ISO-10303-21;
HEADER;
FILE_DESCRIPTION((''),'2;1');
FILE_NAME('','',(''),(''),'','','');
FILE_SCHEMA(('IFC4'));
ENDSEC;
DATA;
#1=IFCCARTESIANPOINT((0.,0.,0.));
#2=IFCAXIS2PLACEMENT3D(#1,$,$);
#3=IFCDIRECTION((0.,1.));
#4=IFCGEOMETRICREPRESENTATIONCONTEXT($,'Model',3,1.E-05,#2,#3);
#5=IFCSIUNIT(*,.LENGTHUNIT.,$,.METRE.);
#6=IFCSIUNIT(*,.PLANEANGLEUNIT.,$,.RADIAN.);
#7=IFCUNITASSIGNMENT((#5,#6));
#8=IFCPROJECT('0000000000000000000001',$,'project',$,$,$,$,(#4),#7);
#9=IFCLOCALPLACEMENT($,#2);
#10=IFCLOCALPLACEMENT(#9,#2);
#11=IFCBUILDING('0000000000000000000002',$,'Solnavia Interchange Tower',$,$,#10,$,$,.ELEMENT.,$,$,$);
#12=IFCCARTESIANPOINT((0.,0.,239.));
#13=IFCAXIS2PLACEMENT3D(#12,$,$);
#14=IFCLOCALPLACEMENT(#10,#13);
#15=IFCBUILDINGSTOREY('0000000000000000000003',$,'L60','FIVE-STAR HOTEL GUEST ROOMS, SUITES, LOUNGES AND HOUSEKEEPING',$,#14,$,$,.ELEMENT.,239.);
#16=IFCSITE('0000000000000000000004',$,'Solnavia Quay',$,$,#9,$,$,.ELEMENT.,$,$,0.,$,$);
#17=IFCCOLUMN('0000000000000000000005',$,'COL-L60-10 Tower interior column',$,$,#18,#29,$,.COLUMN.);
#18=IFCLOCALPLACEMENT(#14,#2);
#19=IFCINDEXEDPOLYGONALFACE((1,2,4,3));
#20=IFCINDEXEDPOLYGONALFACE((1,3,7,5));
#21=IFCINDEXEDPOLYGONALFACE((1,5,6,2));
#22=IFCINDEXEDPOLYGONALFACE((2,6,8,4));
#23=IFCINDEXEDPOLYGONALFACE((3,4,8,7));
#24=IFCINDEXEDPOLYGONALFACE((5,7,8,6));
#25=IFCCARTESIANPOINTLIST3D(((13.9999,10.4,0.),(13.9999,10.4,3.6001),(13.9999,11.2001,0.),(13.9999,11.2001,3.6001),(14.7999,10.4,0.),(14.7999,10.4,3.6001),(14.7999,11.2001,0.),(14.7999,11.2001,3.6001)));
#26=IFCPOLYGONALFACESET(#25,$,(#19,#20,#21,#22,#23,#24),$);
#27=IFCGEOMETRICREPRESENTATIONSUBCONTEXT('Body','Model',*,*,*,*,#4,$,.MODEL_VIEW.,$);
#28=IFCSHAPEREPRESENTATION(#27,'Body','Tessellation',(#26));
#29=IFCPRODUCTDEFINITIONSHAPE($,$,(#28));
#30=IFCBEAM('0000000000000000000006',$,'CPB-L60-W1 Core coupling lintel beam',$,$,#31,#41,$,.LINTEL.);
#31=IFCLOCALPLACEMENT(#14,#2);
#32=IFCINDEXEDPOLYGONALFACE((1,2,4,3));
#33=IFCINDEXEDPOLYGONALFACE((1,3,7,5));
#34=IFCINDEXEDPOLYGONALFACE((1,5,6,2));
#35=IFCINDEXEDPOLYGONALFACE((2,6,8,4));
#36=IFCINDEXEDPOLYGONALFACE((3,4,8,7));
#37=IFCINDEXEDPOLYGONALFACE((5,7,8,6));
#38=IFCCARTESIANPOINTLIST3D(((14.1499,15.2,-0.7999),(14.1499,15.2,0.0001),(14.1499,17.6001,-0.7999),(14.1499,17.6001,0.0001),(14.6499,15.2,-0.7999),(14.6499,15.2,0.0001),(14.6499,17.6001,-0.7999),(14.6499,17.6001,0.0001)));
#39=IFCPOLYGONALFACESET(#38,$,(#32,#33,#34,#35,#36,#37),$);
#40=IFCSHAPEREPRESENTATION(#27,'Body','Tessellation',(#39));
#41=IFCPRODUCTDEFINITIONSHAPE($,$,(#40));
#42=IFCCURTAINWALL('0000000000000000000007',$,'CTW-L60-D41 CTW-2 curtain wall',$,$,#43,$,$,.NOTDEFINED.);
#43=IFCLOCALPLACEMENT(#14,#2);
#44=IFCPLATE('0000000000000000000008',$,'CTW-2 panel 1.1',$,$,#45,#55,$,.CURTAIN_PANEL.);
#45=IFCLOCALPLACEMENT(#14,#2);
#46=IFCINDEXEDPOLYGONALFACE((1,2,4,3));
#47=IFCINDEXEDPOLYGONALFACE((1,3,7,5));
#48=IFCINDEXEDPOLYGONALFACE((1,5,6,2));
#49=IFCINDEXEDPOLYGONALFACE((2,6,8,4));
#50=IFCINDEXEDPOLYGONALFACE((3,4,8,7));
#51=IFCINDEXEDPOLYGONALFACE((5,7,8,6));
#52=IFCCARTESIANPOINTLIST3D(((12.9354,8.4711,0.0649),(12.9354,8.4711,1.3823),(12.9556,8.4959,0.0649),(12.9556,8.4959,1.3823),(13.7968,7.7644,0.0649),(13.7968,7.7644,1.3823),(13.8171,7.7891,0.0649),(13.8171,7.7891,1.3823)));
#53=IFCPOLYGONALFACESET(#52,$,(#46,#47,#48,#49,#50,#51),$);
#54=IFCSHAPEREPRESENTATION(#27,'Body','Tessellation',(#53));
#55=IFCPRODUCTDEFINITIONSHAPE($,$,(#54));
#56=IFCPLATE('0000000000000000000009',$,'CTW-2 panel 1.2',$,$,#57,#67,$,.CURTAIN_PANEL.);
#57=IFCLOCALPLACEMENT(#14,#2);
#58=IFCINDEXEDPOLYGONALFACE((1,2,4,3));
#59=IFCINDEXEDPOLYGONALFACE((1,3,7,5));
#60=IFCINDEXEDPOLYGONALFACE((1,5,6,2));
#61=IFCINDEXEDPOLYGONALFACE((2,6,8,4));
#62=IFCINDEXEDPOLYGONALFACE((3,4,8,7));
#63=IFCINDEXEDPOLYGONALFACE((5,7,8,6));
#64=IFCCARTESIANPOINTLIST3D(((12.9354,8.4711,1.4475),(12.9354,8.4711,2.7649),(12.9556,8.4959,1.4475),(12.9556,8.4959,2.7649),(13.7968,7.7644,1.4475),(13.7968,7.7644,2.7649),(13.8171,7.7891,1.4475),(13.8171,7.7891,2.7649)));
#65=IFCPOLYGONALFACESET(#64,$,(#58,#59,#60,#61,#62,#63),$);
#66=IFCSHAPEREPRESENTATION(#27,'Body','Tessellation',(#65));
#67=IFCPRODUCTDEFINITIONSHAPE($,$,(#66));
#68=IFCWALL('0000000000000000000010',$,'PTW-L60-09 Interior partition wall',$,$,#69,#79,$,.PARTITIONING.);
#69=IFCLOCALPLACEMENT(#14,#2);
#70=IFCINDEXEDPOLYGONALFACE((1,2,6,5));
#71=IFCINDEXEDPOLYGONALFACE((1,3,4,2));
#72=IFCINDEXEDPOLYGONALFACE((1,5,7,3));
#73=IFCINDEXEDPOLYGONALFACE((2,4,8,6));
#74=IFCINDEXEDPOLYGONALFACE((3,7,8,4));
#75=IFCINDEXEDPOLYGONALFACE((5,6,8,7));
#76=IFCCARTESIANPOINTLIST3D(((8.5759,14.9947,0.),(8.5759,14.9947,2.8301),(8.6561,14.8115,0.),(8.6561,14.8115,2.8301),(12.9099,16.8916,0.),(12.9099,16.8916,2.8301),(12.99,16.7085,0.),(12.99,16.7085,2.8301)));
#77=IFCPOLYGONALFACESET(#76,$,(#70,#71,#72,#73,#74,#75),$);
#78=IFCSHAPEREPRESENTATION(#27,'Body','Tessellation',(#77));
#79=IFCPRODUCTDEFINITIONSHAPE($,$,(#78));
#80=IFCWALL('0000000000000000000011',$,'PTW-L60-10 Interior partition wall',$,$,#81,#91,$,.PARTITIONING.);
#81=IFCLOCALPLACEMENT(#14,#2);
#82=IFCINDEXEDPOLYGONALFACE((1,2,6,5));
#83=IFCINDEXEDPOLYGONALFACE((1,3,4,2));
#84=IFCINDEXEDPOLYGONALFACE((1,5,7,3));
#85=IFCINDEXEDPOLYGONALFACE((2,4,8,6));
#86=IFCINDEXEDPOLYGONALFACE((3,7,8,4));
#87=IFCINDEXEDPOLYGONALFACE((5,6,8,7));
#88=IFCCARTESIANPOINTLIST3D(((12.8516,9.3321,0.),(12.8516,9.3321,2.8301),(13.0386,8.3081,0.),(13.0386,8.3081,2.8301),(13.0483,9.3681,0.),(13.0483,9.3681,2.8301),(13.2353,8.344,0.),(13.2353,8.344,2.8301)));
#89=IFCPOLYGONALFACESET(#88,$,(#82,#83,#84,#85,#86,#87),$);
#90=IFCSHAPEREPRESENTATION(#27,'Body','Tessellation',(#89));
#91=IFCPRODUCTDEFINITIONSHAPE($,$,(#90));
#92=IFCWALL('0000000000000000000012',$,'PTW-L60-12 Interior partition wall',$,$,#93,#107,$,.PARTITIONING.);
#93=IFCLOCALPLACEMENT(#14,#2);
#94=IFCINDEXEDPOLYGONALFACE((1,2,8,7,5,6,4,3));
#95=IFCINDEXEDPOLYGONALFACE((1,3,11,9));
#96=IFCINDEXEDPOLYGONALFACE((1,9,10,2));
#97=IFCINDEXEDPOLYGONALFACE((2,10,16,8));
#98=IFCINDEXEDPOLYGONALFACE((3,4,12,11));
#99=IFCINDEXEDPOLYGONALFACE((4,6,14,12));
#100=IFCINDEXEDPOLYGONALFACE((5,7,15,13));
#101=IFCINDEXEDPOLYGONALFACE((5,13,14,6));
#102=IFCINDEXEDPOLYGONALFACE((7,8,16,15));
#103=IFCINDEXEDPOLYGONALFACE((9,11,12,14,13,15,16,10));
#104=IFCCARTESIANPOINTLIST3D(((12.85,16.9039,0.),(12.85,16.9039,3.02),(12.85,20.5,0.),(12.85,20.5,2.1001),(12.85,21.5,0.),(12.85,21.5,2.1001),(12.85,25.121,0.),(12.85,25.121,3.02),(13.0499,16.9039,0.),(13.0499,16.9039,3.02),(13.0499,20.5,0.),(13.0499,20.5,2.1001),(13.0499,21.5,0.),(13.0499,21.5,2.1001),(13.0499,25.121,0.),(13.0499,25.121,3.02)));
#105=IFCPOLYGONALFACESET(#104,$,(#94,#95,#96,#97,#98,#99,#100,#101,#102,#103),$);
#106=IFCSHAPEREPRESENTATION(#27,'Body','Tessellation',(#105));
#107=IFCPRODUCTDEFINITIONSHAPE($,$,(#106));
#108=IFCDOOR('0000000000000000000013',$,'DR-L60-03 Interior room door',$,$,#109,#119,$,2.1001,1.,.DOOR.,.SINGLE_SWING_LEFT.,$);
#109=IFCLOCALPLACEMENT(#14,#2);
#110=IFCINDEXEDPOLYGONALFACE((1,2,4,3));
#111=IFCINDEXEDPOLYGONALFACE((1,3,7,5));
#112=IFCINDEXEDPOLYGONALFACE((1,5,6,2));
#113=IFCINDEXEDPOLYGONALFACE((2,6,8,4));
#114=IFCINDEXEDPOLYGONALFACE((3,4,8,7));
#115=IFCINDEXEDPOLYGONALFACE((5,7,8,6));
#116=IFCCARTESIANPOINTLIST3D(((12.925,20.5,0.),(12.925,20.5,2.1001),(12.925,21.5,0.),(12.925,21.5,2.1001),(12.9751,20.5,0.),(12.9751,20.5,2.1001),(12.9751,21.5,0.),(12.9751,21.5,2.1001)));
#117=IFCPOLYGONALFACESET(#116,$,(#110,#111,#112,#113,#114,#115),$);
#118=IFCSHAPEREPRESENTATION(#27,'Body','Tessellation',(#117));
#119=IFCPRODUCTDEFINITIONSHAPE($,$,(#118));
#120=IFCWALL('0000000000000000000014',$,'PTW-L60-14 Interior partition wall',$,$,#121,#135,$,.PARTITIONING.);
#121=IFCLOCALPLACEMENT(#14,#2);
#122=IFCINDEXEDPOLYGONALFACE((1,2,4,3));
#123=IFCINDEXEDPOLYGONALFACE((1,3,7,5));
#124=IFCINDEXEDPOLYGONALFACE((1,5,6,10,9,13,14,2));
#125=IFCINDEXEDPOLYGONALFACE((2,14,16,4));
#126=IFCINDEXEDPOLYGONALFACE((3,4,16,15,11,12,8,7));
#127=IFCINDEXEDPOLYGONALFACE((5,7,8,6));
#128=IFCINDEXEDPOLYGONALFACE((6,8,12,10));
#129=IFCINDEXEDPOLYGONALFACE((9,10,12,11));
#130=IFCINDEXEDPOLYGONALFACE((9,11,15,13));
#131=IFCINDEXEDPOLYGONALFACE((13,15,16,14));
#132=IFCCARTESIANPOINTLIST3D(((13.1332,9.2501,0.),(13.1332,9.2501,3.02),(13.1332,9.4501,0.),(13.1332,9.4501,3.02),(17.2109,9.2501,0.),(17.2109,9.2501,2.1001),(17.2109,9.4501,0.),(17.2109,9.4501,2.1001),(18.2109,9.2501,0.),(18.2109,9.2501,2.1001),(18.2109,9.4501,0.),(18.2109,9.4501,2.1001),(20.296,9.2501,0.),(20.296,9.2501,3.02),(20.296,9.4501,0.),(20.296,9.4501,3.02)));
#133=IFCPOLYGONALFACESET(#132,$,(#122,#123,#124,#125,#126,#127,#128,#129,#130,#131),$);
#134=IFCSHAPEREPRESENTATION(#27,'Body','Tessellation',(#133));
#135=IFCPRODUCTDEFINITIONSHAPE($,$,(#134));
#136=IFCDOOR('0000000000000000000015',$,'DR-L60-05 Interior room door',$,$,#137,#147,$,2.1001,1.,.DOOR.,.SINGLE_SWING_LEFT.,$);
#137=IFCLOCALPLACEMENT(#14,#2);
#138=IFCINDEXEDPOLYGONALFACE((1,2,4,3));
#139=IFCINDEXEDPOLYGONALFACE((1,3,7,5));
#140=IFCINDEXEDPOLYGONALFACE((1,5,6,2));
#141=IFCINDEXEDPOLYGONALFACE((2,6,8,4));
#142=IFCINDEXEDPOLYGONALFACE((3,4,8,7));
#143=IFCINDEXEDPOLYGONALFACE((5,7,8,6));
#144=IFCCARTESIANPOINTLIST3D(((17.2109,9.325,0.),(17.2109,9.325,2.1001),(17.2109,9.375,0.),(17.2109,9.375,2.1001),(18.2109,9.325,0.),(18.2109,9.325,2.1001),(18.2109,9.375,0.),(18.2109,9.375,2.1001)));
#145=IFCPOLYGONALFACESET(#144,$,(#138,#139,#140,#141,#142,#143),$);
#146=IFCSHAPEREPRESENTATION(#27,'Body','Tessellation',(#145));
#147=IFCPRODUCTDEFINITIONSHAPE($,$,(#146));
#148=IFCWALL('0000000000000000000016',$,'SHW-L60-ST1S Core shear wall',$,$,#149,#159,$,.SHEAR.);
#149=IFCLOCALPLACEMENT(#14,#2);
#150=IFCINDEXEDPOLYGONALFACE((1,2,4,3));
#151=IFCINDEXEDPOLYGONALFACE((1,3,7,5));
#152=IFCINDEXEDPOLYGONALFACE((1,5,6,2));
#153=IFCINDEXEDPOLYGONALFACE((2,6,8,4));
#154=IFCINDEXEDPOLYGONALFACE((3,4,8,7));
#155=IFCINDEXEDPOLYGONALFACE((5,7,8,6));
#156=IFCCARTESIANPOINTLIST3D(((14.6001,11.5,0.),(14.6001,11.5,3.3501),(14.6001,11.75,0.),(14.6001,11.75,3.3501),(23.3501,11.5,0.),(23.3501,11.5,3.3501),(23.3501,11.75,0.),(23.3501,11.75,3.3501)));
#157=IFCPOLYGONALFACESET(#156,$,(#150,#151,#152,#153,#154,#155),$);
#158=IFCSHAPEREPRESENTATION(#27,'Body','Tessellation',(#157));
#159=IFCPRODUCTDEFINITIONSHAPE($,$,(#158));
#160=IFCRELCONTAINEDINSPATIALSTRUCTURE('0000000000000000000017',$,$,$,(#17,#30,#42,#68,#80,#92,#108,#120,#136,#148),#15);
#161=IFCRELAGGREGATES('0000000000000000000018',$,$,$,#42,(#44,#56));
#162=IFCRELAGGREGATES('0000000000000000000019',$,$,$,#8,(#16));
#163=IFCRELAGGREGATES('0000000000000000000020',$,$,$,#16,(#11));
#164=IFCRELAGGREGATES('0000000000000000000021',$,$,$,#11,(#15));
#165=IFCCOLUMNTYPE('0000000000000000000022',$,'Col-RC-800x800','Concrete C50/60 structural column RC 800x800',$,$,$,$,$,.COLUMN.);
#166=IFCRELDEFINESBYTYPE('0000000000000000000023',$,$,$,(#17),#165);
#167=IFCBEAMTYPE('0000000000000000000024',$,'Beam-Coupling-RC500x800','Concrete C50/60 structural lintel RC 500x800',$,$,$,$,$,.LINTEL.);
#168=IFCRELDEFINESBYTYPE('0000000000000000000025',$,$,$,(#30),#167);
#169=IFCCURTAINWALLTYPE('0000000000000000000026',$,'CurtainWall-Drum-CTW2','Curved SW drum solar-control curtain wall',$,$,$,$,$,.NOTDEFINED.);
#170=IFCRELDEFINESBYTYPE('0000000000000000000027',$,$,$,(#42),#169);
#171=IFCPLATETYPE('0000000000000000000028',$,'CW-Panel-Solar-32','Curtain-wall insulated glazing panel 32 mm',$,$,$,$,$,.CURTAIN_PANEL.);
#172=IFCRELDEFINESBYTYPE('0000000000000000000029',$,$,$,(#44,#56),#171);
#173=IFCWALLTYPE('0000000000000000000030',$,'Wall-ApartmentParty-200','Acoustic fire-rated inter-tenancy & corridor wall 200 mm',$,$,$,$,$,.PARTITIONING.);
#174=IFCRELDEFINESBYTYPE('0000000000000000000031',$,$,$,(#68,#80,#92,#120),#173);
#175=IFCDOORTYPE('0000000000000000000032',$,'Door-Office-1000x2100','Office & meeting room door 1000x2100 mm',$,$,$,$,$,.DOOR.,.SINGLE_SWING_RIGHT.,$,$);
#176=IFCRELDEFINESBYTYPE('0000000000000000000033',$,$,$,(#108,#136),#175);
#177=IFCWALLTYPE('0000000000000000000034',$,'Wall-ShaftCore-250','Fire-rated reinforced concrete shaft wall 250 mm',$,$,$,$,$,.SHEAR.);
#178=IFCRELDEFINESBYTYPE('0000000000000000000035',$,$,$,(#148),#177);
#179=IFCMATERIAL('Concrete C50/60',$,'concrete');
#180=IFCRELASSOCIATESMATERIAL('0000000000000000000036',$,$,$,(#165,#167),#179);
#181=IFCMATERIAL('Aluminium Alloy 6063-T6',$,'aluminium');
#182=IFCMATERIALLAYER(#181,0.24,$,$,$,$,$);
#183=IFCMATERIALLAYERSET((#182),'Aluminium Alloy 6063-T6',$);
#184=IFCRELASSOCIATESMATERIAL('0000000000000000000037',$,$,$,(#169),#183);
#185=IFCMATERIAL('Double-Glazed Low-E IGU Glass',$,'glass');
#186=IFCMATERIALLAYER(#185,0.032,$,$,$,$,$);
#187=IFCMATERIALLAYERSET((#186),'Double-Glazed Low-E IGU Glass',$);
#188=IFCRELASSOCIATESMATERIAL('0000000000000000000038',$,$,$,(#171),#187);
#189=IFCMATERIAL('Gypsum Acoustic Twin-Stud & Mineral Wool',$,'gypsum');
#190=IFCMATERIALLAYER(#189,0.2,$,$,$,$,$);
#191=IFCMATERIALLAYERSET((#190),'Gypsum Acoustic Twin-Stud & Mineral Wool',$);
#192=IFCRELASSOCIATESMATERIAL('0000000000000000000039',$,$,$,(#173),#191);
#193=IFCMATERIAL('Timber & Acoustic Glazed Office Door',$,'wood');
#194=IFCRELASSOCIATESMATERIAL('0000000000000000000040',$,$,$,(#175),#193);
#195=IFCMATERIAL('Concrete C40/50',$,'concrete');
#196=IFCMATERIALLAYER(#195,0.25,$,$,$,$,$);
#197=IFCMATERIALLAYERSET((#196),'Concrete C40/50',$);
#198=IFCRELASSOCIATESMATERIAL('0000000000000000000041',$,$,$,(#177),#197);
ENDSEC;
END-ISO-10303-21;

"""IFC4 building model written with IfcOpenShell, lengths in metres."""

from ifc_helpers import new_model, si_unit, direction, frame, frame_2d, origin, origin_2d, place, context, subcontext, project, spatial, rectangle, extrude, material, layer, layer_set, material_profile, profile_set, type_object, element, fill, aggregate, save


model = new_model("IFC4")

# Units and contexts
model_context = context("Model", 3, precision=1e-05, world=origin(), true_north=direction((0.0, 1.0)))
body_context = subcontext(model_context, "Body", "Model", "MODEL_VIEW")
ifc_project = project(units=[si_unit("LENGTHUNIT", "METRE"), si_unit("PLANEANGLEUNIT", "RADIAN")], contexts=[model_context])

# Site, building, storey
site_placement = place(None, origin())
site = spatial("IfcSite", under=ifc_project, at=site_placement, Name="Solnavia Quay", CompositionType="ELEMENT", RefElevation=0.0)
building_placement = place(site_placement, origin())
building = spatial("IfcBuilding", under=site, at=building_placement, Name="Solnavia Interchange Tower", CompositionType="ELEMENT")
storey_placement = place(building_placement, frame((0.0, 0.0, 239.0)))
storey = spatial("IfcBuildingStorey", under=building, at=storey_placement, Name="L60", Description="FIVE-STAR HOTEL GUEST ROOMS, SUITES, LOUNGES AND HOUSEKEEPING", CompositionType="ELEMENT", Elevation=239.0)

# Column
ifc_material_1 = material(Name="Concrete C50/60", Category="concrete")
ifc_material_profile_1 = material_profile(ifc_material_1, rectangle(XDim=0.8, YDim=0.8, at=origin_2d()), Name="RC 800x800")
ifc_profile_set_1 = profile_set([ifc_material_profile_1], Name="Concrete C50/60")
column_type = type_object("IfcColumnType", Name="Col-RC-800x800", Description="Concrete C50/60 structural column RC 800x800", PredefinedType="COLUMN", material=ifc_profile_set_1)
column_placement = place(storey_placement, frame((14.3999, 10.8, 0.0), z_axis=(0.0, 0.0, 1.0), x_axis=(1.0, 0.0, 0.0)))
element("IfcColumn", 1, at=column_placement, inside=storey, type_object=column_type, Name="COL-L60-10 Tower interior column", PredefinedType="COLUMN", context=body_context, shape_type="SweptSolid", body=[
    extrude(rectangle(XDim=0.8, YDim=0.8, at=origin_2d()), origin(), (0.0, 0.0, 1.0), 3.6001),
])

# Beam
ifc_material_profile_2 = material_profile(ifc_material_1, rectangle(XDim=0.5, YDim=0.8, at=origin_2d()), Name="RC 500x800")
ifc_profile_set_2 = profile_set([ifc_material_profile_2], Name="Concrete C50/60")
beam_type = type_object("IfcBeamType", Name="Beam-Coupling-RC500x800", Description="Concrete C50/60 structural lintel RC 500x800", PredefinedType="LINTEL", material=ifc_profile_set_2)
beam_placement = place(storey_placement, frame((14.3999, 15.2, -0.3999), z_axis=(0.0, 1.0, 0.0), x_axis=(-1.0, 0.0, 0.0)))
element("IfcBeam", 2, at=beam_placement, inside=storey, type_object=beam_type, Name="CPB-L60-W1 Core coupling lintel beam", PredefinedType="LINTEL", context=body_context, shape_type="SweptSolid", body=[
    extrude(rectangle(XDim=0.5, YDim=0.8, at=origin_2d()), origin(), (0.0, 0.0, 1.0), 2.4001),
])

# Curtain wall, plates
ifc_material_2 = material(Name="Aluminium Alloy 6063-T6", Category="aluminium")
ifc_layer_1 = layer(ifc_material_2, 0.24)
ifc_layer_set_1 = layer_set([ifc_layer_1], Name="Aluminium Alloy 6063-T6")
curtain_wall_type = type_object("IfcCurtainWallType", Name="CurtainWall-Drum-CTW2", Description="Curved SW drum solar-control curtain wall", PredefinedType="NOTDEFINED", material=ifc_layer_set_1)
curtain_wall_placement = place(storey_placement, origin())
curtain_wall = element("IfcCurtainWall", 3, at=curtain_wall_placement, inside=storey, type_object=curtain_wall_type, Name="CTW-L60-D41 CTW-2 curtain wall", PredefinedType="NOTDEFINED")
ifc_material_3 = material(Name="Double-Glazed Low-E IGU Glass", Category="glass")
ifc_layer_2 = layer(ifc_material_3, 0.032)
ifc_layer_set_2 = layer_set([ifc_layer_2], Name="Double-Glazed Low-E IGU Glass")
plate_type = type_object("IfcPlateType", Name="CW-Panel-Solar-32", Description="Curtain-wall insulated glazing panel 32 mm", PredefinedType="CURTAIN_PANEL", material=ifc_layer_set_2)
plate_1_placement = place(storey_placement, frame((13.3762, 8.1301, 0.0649), z_axis=(0.0, 0.0, 1.0), x_axis=(0.773103, -0.63428, 0.0)))
plate_1 = element("IfcPlate", 4, at=plate_1_placement, type_object=plate_type, Name="CTW-2 panel 1.1", PredefinedType="CURTAIN_PANEL", context=body_context, shape_type="SweptSolid", body=[
    extrude(rectangle(XDim=1.1143, YDim=0.032, at=origin_2d()), origin(), (0.0, 0.0, 1.0), 1.3174),
])
plate_2_placement = place(storey_placement, frame((13.3762, 8.1301, 1.4475), z_axis=(0.0, 0.0, 1.0), x_axis=(0.773103, -0.63428, 0.0)))
plate_2 = element("IfcPlate", 5, at=plate_2_placement, type_object=plate_type, Name="CTW-2 panel 1.2", PredefinedType="CURTAIN_PANEL", context=body_context, shape_type="SweptSolid", body=[
    extrude(rectangle(XDim=1.1143, YDim=0.032, at=origin_2d()), origin(), (0.0, 0.0, 1.0), 1.3174),
])
aggregate(curtain_wall, [plate_1, plate_2])

# Walls
ifc_material_4 = material(Name="Gypsum Acoustic Twin-Stud & Mineral Wool", Category="gypsum")
ifc_layer_3 = layer(ifc_material_4, 0.2)
ifc_layer_set_3 = layer_set([ifc_layer_3], Name="Gypsum Acoustic Twin-Stud & Mineral Wool")
wall_type_1 = type_object("IfcWallType", Name="Wall-ApartmentParty-200", Description="Acoustic fire-rated inter-tenancy & corridor wall 200 mm", PredefinedType="PARTITIONING", material=ifc_layer_set_3)
wall_1_placement = place(storey_placement, frame((12.95, 16.8, 0.0), z_axis=(0.0, 0.0, 1.0), x_axis=(-0.916091, -0.40097, 0.0)))
element("IfcWall", 6, at=wall_1_placement, inside=storey, type_object=wall_type_1, Name="PTW-L60-09 Interior partition wall", PredefinedType="PARTITIONING", context=body_context, shape_type="SweptSolid", body=[
    extrude(rectangle(XDim=4.731, YDim=0.2, at=frame_2d((2.3655, 0.0))), origin(), (0.0, 0.0, 1.0), 2.8301),
])
wall_2_placement = place(storey_placement, frame((12.95, 9.3501, 0.0), z_axis=(0.0, 0.0, 1.0), x_axis=(0.179628, -0.983735, 0.0)))
element("IfcWall", 7, at=wall_2_placement, inside=storey, type_object=wall_type_1, Name="PTW-L60-10 Interior partition wall", PredefinedType="PARTITIONING", context=body_context, shape_type="SweptSolid", body=[
    extrude(rectangle(XDim=1.041, YDim=0.2, at=frame_2d((0.5205, 0.0))), origin(), (0.0, 0.0, 1.0), 2.8301),
])

# Walls, openings, doors
wall_3_placement = place(storey_placement, frame((12.95, 16.9041, 0.0), z_axis=(0.0, 0.0, 1.0), x_axis=(0.0, 1.0, 0.0)))
wall_3 = element("IfcWall", 8, at=wall_3_placement, inside=storey, type_object=wall_type_1, Name="PTW-L60-12 Interior partition wall", PredefinedType="PARTITIONING", context=body_context, shape_type="SweptSolid", body=[
    extrude(rectangle(XDim=8.217, YDim=0.2, at=frame_2d((4.1084, 0.0))), origin(), (0.0, 0.0, 1.0), 3.02),
])
opening_1_placement = place(wall_3_placement, frame((3.5959, 0.0, 0.0)))
opening_1 = element("IfcOpeningElement", 9, at=opening_1_placement, cuts=wall_3, PredefinedType="OPENING", context=body_context, shape_type="SweptSolid", body=[
    extrude(rectangle(XDim=1.0, YDim=2.1001, at=frame_2d((0.5, 1.05))), frame((0.0, 0.1099, 0.0), z_axis=(0.0, -1.0, 0.0), x_axis=(1.0, 0.0, 0.0)), (0.0, 0.0, 1.0), 0.22),
])
ifc_material_5 = material(Name="Timber & Acoustic Glazed Office Door", Category="wood")
door_type_1 = type_object("IfcDoorType", Name="Door-Office-1000x2100", Description="Office & meeting room door 1000x2100 mm", OperationType="SINGLE_SWING_RIGHT", PredefinedType="DOOR", material=ifc_material_5)
door_1_placement = place(opening_1_placement, origin())
door_1 = element("IfcDoor", 10, at=door_1_placement, inside=storey, type_object=door_type_1, Name="DR-L60-03 Interior room door", OperationType="SINGLE_SWING_LEFT", OverallHeight=2.1001, OverallWidth=1.0, PredefinedType="DOOR", context=body_context, shape_type="SweptSolid", body=[
    extrude(rectangle(XDim=1.0, YDim=2.1001, at=frame_2d((0.5, 1.05))), frame((0.0, 0.0249, 0.0), z_axis=(0.0, -1.0, 0.0), x_axis=(1.0, 0.0, 0.0)), (0.0, 0.0, 1.0), 0.05),
])
fill(opening_1, door_1)
wall_4_placement = place(storey_placement, frame((13.1331, 9.3501, 0.0), z_axis=(0.0, 0.0, 1.0), x_axis=(1.0, 0.0, 0.0)))
wall_4 = element("IfcWall", 11, at=wall_4_placement, inside=storey, type_object=wall_type_1, Name="PTW-L60-14 Interior partition wall", PredefinedType="PARTITIONING", context=body_context, shape_type="SweptSolid", body=[
    extrude(rectangle(XDim=7.1628, YDim=0.2, at=frame_2d((3.5815, 0.0))), origin(), (0.0, 0.0, 1.0), 3.02),
])
opening_2_placement = place(wall_4_placement, frame((4.0779, 0.0, 0.0)))
opening_2 = element("IfcOpeningElement", 12, at=opening_2_placement, cuts=wall_4, PredefinedType="OPENING", context=body_context, shape_type="SweptSolid", body=[
    extrude(rectangle(XDim=1.0, YDim=2.1001, at=frame_2d((0.5, 1.05))), frame((0.0, 0.1099, 0.0), z_axis=(0.0, -1.0, 0.0), x_axis=(1.0, 0.0, 0.0)), (0.0, 0.0, 1.0), 0.22),
])
door_2_placement = place(opening_2_placement, origin())
door_2 = element("IfcDoor", 13, at=door_2_placement, inside=storey, type_object=door_type_1, Name="DR-L60-05 Interior room door", OperationType="SINGLE_SWING_LEFT", OverallHeight=2.1001, OverallWidth=1.0, PredefinedType="DOOR", context=body_context, shape_type="SweptSolid", body=[
    extrude(rectangle(XDim=1.0, YDim=2.1001, at=frame_2d((0.5, 1.05))), frame((0.0, 0.0249, 0.0), z_axis=(0.0, -1.0, 0.0), x_axis=(1.0, 0.0, 0.0)), (0.0, 0.0, 1.0), 0.05),
])
fill(opening_2, door_2)

# Wall
ifc_material_6 = material(Name="Concrete C40/50", Category="concrete")
ifc_layer_4 = layer(ifc_material_6, 0.25)
ifc_layer_set_4 = layer_set([ifc_layer_4], Name="Concrete C40/50")
wall_type_2 = type_object("IfcWallType", Name="Wall-ShaftCore-250", Description="Fire-rated reinforced concrete shaft wall 250 mm", PredefinedType="SHEAR", material=ifc_layer_set_4)
wall_5_placement = place(storey_placement, frame((14.6001, 11.625, 0.0), z_axis=(0.0, 0.0, 1.0), x_axis=(1.0, 0.0, 0.0)))
element("IfcWall", 14, at=wall_5_placement, inside=storey, type_object=wall_type_2, Name="SHW-L60-ST1S Core shear wall", PredefinedType="SHEAR", context=body_context, shape_type="SweptSolid", body=[
    extrude(rectangle(XDim=8.75, YDim=0.25, at=frame_2d((4.375, 0.0))), origin(), (0.0, 0.0, 1.0), 3.3501),
])

save(model, "model.ifc")
